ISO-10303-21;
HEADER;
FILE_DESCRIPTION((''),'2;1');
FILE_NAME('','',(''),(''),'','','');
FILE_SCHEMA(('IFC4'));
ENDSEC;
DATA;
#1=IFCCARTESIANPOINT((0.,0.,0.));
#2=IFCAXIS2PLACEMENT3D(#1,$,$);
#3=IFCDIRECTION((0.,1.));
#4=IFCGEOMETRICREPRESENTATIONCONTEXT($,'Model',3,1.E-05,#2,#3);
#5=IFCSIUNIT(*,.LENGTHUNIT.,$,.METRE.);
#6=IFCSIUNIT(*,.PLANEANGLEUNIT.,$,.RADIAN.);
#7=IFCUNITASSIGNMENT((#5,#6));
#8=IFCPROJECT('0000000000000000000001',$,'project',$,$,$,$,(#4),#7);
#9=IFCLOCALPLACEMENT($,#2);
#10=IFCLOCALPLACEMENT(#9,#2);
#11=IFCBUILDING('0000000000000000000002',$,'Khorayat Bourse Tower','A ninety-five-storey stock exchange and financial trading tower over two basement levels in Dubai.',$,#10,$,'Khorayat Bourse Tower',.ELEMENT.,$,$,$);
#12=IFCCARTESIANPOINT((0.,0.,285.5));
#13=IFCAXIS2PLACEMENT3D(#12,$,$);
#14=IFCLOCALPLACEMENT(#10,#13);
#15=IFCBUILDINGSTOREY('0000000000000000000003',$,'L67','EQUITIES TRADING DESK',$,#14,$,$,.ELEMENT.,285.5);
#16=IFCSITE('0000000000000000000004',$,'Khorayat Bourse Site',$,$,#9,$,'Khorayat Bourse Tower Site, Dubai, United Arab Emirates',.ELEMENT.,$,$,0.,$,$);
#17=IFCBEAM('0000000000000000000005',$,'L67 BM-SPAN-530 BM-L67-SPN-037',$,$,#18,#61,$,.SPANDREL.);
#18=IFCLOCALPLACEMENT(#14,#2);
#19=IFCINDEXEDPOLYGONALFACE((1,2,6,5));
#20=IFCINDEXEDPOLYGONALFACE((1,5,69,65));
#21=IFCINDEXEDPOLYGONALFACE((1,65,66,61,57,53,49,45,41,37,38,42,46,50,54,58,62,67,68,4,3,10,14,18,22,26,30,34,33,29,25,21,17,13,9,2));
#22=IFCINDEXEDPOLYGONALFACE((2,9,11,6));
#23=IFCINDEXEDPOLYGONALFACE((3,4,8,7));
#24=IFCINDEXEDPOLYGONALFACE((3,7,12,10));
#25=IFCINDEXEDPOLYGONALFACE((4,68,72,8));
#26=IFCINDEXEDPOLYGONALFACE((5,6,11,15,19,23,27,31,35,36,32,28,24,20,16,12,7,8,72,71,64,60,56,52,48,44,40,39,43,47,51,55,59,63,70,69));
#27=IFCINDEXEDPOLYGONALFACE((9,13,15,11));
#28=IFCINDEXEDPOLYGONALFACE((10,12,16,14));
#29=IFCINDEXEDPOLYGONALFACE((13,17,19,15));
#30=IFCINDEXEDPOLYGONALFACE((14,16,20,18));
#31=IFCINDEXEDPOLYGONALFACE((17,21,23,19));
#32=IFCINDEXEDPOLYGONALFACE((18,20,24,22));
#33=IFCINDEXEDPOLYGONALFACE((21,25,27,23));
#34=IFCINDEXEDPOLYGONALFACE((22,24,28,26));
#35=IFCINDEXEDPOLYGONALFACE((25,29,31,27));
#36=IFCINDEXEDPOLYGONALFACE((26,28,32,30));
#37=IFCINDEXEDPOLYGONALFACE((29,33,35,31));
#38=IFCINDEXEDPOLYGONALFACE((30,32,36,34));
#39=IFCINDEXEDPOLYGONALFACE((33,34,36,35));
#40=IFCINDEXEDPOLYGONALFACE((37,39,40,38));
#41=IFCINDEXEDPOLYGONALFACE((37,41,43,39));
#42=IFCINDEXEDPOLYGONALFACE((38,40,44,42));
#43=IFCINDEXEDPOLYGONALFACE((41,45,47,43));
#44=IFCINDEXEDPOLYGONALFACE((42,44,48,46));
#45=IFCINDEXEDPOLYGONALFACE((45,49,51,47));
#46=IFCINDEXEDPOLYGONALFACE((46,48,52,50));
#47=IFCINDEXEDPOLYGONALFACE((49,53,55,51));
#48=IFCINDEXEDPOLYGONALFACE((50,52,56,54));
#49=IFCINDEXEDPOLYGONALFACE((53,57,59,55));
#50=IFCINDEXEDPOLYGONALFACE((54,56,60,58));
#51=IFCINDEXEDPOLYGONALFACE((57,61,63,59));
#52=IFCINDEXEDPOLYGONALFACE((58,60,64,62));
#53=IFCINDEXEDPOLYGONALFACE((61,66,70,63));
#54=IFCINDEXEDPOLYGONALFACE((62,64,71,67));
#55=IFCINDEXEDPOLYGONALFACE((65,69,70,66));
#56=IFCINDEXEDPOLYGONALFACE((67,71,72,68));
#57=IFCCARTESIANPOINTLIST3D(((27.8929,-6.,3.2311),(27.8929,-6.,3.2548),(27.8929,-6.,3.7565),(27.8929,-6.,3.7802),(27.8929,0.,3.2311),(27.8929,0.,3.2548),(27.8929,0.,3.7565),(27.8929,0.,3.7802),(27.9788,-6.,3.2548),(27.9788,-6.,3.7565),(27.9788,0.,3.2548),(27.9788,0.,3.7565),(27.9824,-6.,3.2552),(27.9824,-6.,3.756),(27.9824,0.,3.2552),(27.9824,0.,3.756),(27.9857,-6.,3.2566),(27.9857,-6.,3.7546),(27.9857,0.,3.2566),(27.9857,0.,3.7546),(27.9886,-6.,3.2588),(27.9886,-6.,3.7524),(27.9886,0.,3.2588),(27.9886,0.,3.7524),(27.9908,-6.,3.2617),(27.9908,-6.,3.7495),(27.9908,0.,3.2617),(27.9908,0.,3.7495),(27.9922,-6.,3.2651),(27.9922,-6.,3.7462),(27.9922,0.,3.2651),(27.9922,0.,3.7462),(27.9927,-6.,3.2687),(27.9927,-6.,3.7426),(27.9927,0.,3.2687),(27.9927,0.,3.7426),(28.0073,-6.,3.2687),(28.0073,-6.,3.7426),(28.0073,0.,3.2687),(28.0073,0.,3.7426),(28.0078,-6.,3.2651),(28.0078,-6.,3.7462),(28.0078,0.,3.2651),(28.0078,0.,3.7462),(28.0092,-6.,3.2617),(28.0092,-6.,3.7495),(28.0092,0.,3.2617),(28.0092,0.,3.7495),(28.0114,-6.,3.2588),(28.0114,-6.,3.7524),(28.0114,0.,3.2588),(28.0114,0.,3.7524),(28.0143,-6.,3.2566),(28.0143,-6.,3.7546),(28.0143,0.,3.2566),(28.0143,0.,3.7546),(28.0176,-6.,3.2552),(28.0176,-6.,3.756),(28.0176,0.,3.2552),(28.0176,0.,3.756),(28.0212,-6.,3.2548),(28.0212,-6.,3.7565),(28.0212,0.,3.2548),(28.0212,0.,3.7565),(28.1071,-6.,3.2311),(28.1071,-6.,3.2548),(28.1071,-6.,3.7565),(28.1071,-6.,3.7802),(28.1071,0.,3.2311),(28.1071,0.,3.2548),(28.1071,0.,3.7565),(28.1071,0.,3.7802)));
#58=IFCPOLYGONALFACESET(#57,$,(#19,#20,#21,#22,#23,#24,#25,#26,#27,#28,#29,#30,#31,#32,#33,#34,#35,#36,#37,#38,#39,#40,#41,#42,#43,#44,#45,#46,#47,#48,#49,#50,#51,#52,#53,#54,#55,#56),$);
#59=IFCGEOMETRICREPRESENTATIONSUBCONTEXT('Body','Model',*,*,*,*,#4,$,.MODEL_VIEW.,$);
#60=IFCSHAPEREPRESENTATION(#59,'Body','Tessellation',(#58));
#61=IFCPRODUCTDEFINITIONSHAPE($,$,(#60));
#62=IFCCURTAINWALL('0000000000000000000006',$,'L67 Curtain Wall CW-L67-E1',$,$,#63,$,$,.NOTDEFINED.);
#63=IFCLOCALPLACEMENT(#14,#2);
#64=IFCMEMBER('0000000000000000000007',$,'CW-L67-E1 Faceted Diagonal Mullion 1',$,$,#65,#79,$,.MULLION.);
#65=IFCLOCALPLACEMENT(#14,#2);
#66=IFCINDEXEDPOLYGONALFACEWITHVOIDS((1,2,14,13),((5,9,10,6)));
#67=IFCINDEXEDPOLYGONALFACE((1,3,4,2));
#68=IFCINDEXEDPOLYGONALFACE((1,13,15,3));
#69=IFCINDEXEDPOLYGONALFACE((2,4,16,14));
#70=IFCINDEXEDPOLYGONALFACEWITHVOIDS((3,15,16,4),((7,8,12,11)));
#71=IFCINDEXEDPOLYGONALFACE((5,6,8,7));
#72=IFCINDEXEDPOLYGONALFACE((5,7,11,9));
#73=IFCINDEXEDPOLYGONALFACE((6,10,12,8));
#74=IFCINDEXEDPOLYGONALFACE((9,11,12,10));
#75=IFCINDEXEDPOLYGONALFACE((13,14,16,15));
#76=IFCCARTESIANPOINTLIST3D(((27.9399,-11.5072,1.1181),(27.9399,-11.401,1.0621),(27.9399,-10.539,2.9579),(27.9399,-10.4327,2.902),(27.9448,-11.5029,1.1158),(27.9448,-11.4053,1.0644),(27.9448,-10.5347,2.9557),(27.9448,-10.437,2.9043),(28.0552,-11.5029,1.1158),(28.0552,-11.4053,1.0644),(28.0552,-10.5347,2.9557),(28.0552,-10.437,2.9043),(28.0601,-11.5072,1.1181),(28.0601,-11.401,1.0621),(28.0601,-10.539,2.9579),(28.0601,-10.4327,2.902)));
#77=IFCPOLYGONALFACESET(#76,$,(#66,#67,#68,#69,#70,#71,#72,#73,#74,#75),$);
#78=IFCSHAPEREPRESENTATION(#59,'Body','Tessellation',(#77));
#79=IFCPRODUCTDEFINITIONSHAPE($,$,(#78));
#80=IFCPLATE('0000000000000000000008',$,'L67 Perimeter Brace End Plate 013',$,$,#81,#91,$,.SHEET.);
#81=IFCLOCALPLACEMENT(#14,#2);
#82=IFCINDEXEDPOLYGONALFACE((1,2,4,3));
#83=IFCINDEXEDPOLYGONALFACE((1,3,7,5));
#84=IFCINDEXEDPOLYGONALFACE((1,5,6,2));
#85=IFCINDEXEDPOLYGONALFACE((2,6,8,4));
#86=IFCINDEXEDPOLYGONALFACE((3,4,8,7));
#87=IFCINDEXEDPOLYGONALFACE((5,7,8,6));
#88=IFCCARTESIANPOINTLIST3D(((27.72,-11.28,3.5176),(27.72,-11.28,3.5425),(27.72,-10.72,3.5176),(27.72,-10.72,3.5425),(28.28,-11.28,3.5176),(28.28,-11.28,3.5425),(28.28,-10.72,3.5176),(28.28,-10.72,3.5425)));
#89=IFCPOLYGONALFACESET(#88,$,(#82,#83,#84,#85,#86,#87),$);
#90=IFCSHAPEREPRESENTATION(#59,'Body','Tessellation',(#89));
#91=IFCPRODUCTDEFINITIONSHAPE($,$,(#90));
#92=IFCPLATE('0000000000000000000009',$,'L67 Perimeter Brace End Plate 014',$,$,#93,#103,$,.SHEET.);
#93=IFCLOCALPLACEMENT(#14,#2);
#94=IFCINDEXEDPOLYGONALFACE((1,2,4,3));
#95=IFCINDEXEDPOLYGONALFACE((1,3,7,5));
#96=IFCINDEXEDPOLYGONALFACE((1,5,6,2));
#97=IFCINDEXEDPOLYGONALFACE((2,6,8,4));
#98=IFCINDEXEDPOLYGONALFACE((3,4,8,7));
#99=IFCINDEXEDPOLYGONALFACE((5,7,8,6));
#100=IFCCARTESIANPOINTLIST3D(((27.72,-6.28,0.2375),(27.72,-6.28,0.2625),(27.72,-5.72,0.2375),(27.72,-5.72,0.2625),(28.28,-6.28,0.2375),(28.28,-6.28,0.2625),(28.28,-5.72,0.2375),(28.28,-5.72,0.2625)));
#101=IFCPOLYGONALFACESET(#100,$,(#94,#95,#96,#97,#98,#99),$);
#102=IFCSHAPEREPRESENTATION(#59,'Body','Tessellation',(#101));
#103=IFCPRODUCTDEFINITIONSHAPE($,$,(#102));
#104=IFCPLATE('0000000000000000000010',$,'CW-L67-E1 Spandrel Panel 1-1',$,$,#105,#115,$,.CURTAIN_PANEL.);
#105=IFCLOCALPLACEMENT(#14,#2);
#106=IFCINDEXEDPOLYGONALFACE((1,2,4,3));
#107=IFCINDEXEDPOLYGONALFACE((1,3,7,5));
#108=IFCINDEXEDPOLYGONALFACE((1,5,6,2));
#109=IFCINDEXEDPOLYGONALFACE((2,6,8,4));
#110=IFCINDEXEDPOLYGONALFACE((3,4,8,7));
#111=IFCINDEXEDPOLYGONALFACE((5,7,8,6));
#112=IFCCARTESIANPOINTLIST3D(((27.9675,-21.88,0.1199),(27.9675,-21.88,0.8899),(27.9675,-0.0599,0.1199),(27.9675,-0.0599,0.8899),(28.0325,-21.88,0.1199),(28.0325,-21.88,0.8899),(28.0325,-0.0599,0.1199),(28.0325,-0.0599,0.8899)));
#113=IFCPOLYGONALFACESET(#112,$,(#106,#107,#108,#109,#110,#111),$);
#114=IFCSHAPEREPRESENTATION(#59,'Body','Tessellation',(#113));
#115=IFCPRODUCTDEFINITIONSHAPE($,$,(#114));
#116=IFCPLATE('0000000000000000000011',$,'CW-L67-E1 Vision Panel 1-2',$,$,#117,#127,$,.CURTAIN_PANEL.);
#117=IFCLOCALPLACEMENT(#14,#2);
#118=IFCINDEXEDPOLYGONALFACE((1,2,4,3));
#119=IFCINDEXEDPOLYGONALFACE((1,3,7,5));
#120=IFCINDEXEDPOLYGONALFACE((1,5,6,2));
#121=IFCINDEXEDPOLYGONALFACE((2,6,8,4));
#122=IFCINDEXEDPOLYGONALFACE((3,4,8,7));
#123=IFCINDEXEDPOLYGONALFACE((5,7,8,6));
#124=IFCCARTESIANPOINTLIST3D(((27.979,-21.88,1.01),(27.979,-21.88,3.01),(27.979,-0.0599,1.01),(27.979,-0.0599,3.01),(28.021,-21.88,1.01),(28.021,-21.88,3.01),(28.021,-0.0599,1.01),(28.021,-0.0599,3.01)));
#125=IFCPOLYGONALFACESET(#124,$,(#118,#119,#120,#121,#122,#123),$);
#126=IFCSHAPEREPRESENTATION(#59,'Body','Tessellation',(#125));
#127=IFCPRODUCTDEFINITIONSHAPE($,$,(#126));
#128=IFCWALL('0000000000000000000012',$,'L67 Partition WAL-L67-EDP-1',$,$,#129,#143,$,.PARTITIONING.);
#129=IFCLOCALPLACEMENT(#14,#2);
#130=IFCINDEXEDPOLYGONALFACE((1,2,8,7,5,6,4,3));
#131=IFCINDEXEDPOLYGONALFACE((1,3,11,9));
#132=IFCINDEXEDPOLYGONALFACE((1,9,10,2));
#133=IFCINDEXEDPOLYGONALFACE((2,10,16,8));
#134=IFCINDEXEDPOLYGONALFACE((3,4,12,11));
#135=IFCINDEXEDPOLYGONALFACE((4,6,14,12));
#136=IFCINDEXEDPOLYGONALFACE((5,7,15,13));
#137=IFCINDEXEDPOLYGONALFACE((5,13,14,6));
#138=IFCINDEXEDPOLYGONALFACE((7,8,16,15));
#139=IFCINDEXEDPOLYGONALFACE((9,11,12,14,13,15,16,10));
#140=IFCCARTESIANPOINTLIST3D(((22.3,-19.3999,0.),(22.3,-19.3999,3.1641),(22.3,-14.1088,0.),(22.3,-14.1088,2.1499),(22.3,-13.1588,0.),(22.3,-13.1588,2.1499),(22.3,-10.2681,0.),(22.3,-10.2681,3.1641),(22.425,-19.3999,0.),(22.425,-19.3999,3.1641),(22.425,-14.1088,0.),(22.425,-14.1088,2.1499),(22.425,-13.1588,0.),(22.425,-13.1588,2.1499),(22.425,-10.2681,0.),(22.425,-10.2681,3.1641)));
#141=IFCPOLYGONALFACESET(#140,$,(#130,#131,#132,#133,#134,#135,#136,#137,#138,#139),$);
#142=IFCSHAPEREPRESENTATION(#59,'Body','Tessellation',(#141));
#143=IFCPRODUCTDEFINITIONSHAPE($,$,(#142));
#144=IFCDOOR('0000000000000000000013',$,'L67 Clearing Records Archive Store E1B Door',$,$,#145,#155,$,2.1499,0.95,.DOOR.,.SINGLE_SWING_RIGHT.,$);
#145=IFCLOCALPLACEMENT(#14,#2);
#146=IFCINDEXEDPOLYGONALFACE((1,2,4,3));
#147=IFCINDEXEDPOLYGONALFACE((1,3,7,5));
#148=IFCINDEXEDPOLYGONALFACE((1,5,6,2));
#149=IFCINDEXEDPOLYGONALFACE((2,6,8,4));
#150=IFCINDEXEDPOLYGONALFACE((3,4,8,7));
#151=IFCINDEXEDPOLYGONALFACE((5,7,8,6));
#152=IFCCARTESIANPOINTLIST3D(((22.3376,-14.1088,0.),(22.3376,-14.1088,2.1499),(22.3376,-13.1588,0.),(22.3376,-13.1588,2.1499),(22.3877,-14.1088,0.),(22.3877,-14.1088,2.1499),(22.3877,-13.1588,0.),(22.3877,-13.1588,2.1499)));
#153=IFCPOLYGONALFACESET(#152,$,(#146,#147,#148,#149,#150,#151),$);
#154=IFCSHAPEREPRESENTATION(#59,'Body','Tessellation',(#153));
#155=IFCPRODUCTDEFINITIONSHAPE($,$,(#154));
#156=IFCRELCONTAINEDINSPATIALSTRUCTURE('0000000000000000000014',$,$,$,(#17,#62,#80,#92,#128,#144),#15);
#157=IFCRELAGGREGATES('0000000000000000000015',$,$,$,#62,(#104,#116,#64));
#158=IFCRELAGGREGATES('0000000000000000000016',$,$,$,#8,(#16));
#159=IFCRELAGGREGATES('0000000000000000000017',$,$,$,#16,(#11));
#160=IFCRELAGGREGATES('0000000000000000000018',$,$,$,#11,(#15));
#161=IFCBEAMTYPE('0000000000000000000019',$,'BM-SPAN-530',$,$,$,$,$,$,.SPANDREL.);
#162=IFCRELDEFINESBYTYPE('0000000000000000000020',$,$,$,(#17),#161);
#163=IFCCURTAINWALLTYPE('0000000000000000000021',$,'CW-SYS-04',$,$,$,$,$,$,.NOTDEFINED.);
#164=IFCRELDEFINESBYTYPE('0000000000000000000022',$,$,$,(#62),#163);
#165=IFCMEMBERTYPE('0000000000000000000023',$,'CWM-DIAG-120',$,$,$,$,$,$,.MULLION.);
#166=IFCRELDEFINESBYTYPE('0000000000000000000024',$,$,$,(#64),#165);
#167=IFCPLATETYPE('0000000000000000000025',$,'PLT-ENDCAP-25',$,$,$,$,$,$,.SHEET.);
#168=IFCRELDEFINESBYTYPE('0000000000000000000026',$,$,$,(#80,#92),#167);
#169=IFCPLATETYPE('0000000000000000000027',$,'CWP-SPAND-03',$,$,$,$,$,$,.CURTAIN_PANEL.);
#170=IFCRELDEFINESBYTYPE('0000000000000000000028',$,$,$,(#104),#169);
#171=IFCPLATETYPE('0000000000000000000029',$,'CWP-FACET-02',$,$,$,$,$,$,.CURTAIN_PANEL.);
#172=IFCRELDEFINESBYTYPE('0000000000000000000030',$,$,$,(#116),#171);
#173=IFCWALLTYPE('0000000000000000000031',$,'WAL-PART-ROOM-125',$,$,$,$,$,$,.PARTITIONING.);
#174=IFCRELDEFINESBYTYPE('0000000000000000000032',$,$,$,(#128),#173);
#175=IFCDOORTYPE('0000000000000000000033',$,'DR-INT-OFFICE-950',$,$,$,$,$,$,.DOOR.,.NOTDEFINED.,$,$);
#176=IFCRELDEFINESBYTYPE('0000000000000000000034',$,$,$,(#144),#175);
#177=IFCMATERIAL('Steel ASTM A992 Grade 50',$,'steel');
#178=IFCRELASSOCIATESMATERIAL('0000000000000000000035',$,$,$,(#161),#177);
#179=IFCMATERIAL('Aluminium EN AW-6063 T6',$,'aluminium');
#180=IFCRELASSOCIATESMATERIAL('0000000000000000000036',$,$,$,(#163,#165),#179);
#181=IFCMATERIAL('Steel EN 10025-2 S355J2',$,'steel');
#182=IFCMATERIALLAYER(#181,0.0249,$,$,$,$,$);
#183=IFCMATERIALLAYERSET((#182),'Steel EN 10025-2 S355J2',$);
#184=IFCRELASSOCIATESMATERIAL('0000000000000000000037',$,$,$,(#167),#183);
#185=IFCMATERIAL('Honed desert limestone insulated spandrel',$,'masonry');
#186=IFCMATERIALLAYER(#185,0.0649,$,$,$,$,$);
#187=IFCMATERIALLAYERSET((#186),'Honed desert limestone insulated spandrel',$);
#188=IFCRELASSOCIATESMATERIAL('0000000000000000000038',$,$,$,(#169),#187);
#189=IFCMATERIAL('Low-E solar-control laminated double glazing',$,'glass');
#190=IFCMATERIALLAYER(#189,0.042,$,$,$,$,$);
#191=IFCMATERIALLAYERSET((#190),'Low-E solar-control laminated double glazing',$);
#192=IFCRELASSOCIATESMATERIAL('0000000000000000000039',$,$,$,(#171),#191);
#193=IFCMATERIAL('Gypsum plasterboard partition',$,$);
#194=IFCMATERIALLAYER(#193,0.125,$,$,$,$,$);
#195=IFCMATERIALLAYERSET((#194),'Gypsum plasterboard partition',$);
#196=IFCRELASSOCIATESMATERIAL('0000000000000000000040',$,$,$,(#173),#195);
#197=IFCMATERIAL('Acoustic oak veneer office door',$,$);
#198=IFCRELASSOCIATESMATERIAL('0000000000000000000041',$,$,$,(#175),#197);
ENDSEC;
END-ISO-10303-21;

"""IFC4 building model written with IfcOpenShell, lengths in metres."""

from ifc_helpers import new_model, si_unit, direction, frame, frame_2d, origin, origin_2d, place, context, subcontext, project, spatial, rectangle, hollow_rectangle, i_section, extrude, source, transform, mapped, material, layer, layer_set, material_profile, profile_set, type_object, element, fill, aggregate, save


model = new_model("IFC4")

# Units and contexts
model_context = context("Model", 3, precision=1e-05, world=origin(), true_north=direction((0.0, 1.0)))
body_context = subcontext(model_context, "Body", "Model", "MODEL_VIEW")
ifc_project = project(units=[si_unit("LENGTHUNIT", "METRE"), si_unit("PLANEANGLEUNIT", "RADIAN")], contexts=[model_context])

# Site, building, storey
site_placement = place(None, origin())
site = spatial("IfcSite", under=ifc_project, at=site_placement, Name="Khorayat Bourse Site", LongName="Khorayat Bourse Tower Site, Dubai, United Arab Emirates", CompositionType="ELEMENT", RefElevation=0.0)
building_placement = place(site_placement, origin())
building = spatial("IfcBuilding", under=site, at=building_placement, Name="Khorayat Bourse Tower", Description="A ninety-five-storey stock exchange and financial trading tower over two basement levels in Dubai.", LongName="Khorayat Bourse Tower", CompositionType="ELEMENT")
storey_placement = place(building_placement, frame((0.0, 0.0, 285.5)))
storey = spatial("IfcBuildingStorey", under=building, at=storey_placement, Name="L67", Description="EQUITIES TRADING DESK", CompositionType="ELEMENT", Elevation=285.5)

# Beam
ifc_material_1 = material(Name="Steel ASTM A992 Grade 50", Category="steel")
ifc_material_profile_1 = material_profile(ifc_material_1, i_section(OverallWidth=0.2141, OverallDepth=0.5491, WebThickness=0.0146, FlangeThickness=0.0237, FilletRadius=0.0139, at=origin_2d()), Name="W530X138")
ifc_profile_set_1 = profile_set([ifc_material_profile_1], Name="Steel ASTM A992 Grade 50")
beam_type = type_object("IfcBeamType", Name="BM-SPAN-530", PredefinedType="SPANDREL", material=ifc_profile_set_1)
shared_shape_1 = source(origin(), body_context, "Body", "SweptSolid", [
    extrude(i_section(OverallWidth=0.2141, OverallDepth=0.5491, WebThickness=0.0146, FlangeThickness=0.0237, FilletRadius=0.0139, at=origin_2d()), origin(), (0.0, 0.0, 1.0), 6.0),
])
beam_1_placement = place(storey_placement, frame((28.0, -6.0, 3.5056), z_axis=(0.0, 1.0, 0.0), x_axis=(-1.0, 0.0, 0.0)))
element("IfcBeam", 1, at=beam_1_placement, inside=storey, type_object=beam_type, Name="L67 BM-SPAN-530 BM-L67-SPN-037", PredefinedType="SPANDREL", context=body_context, shape_type="MappedRepresentation", body=[
    mapped(shared_shape_1, transform((0.0, 0.0, 0.0), scale=1.0)),
])

# Curtain wall, member
ifc_material_2 = material(Name="Aluminium EN AW-6063 T6", Category="aluminium")
curtain_wall_type = type_object("IfcCurtainWallType", Name="CW-SYS-04", PredefinedType="NOTDEFINED", material=ifc_material_2)
curtain_wall_placement = place(storey_placement, origin())
curtain_wall = element("IfcCurtainWall", 2, at=curtain_wall_placement, inside=storey, type_object=curtain_wall_type, Name="L67 Curtain Wall CW-L67-E1", PredefinedType="NOTDEFINED")
ifc_material_profile_2 = material_profile(ifc_material_2, hollow_rectangle(XDim=0.1201, YDim=0.1201, WallThickness=0.0049, at=origin_2d()), Name="ALU 120x120x5")
ifc_profile_set_2 = profile_set([ifc_material_profile_2], Name="Aluminium EN AW-6063 T6")
member_type_1 = type_object("IfcMemberType", Name="CWM-DIAG-120", PredefinedType="MULLION", material=ifc_profile_set_2)
shared_shape_2 = source(origin(), body_context, "Body", "SweptSolid", [
    extrude(hollow_rectangle(XDim=0.1201, YDim=0.1201, WallThickness=0.0049, at=origin_2d()), origin(), (0.0, 0.0, 1.0), 2.0791),
])
member_1_placement = place(storey_placement, frame((28.0, -11.4541, 1.0901), z_axis=(0.0, 0.465717, 0.884934), x_axis=(-1.0, 0.0, 0.0)))
member_1 = element("IfcMember", 3, at=member_1_placement, type_object=member_type_1, Name="CW-L67-E1 Faceted Diagonal Mullion 1", PredefinedType="MULLION", context=body_context, shape_type="MappedRepresentation", body=[
    mapped(shared_shape_2, transform((0.0, 0.0, 0.0), scale=1.0)),
])

# Plates
ifc_material_3 = material(Name="Steel EN 10025-2 S355J2", Category="steel")
ifc_layer_1 = layer(ifc_material_3, 0.0249)
ifc_layer_set_1 = layer_set([ifc_layer_1], Name="Steel EN 10025-2 S355J2")
plate_type_1 = type_object("IfcPlateType", Name="PLT-ENDCAP-25", PredefinedType="SHEET", material=ifc_layer_set_1)
shared_shape_3 = source(origin(), body_context, "Body", "SweptSolid", [
    extrude(rectangle(XDim=0.5601, YDim=0.5601, at=origin_2d()), origin(), (0.0, 0.0, 1.0), 0.0249),
])
for number, where, z_axis, x_axis, name in (
    (4, (28.0, -11.0, 3.5176), (0.0, 0.0, 1.0), (1.0, 0.0, 0.0), "L67 Perimeter Brace End Plate 013"),
    (5, (28.0, -6.0, 0.2375), (0.0, 0.0, 1.0), (1.0, 0.0, 0.0), "L67 Perimeter Brace End Plate 014"),
):
    element("IfcPlate", number, at=place(storey_placement, frame(where, z_axis=z_axis, x_axis=x_axis)), inside=storey, type_object=plate_type_1, Name=name, PredefinedType="SHEET", context=body_context, shape_type="MappedRepresentation", body=[
        mapped(shared_shape_3, transform((0.0, 0.0, 0.0), scale=1.0)),
    ])

# Plates
ifc_material_4 = material(Name="Honed desert limestone insulated spandrel", Category="masonry")
ifc_layer_2 = layer(ifc_material_4, 0.0649)
ifc_layer_set_2 = layer_set([ifc_layer_2], Name="Honed desert limestone insulated spandrel")
plate_type_2 = type_object("IfcPlateType", Name="CWP-SPAND-03", PredefinedType="CURTAIN_PANEL", material=ifc_layer_set_2)
shared_shape_4 = source(origin(), body_context, "Body", "SweptSolid", [
    extrude(rectangle(XDim=21.8201, YDim=0.0649, at=origin_2d()), origin(), (0.0, 0.0, 1.0), 0.77),
])
plate_1_placement = place(storey_placement, frame((28.0, -10.97, 0.1199), z_axis=(0.0, 0.0, 1.0), x_axis=(0.0, 1.0, 0.0)))
plate_1 = element("IfcPlate", 6, at=plate_1_placement, type_object=plate_type_2, Name="CW-L67-E1 Spandrel Panel 1-1", PredefinedType="CURTAIN_PANEL", context=body_context, shape_type="MappedRepresentation", body=[
    mapped(shared_shape_4, transform((0.0, 0.0, 0.0), scale=1.0)),
])
ifc_material_5 = material(Name="Low-E solar-control laminated double glazing", Category="glass")
ifc_layer_3 = layer(ifc_material_5, 0.042)
ifc_layer_set_3 = layer_set([ifc_layer_3], Name="Low-E solar-control laminated double glazing")
plate_type_3 = type_object("IfcPlateType", Name="CWP-FACET-02", PredefinedType="CURTAIN_PANEL", material=ifc_layer_set_3)
shared_shape_5 = source(origin(), body_context, "Body", "SweptSolid", [
    extrude(rectangle(XDim=21.8201, YDim=0.042, at=origin_2d()), origin(), (0.0, 0.0, 1.0), 2.0),
])
plate_2_placement = place(storey_placement, frame((28.0, -10.97, 1.01), z_axis=(0.0, 0.0, 1.0), x_axis=(0.0, 1.0, 0.0)))
plate_2 = element("IfcPlate", 7, at=plate_2_placement, type_object=plate_type_3, Name="CW-L67-E1 Vision Panel 1-2", PredefinedType="CURTAIN_PANEL", context=body_context, shape_type="MappedRepresentation", body=[
    mapped(shared_shape_5, transform((0.0, 0.0, 0.0), scale=1.0)),
])
aggregate(curtain_wall, [plate_1, plate_2, member_1])

# Wall, opening, door
ifc_material_6 = material(Name="Gypsum plasterboard partition")
ifc_layer_4 = layer(ifc_material_6, 0.125)
ifc_layer_set_4 = layer_set([ifc_layer_4], Name="Gypsum plasterboard partition")
wall_type = type_object("IfcWallType", Name="WAL-PART-ROOM-125", PredefinedType="PARTITIONING", material=ifc_layer_set_4)
shared_shape_6 = source(origin(), body_context, "Body", "SweptSolid", [
    extrude(rectangle(XDim=9.1318, YDim=0.125, at=frame_2d((4.5659, 0.0))), origin(), (0.0, 0.0, 1.0), 3.1641),
])
wall_1_placement = place(storey_placement, frame((22.3625, -19.3999, 0.0), z_axis=(0.0, 0.0, 1.0), x_axis=(0.0, 1.0, 0.0)))
wall_1 = element("IfcWall", 8, at=wall_1_placement, inside=storey, type_object=wall_type, Name="L67 Partition WAL-L67-EDP-1", PredefinedType="PARTITIONING", context=body_context, shape_type="MappedRepresentation", body=[
    mapped(shared_shape_6, transform((0.0, 0.0, 0.0), scale=1.0)),
])
shared_shape_7 = source(origin(), body_context, "Body", "SweptSolid", [
    extrude(rectangle(XDim=0.95, YDim=2.1499, at=frame_2d((0.4751, 1.075))), frame((0.0, 0.0725, 0.0), z_axis=(0.0, -1.0, 0.0), x_axis=(1.0, 0.0, 0.0)), (0.0, 0.0, 1.0), 0.145),
])
opening_1_placement = place(wall_1_placement, frame((5.291, 0.0, 0.0)))
opening_1 = element("IfcOpeningElement", 9, at=opening_1_placement, cuts=wall_1, PredefinedType="OPENING", context=body_context, shape_type="MappedRepresentation", body=[
    mapped(shared_shape_7, transform((0.0, 0.0, 0.0), scale=1.0)),
])
ifc_material_7 = material(Name="Acoustic oak veneer office door")
door_type = type_object("IfcDoorType", Name="DR-INT-OFFICE-950", OperationType="NOTDEFINED", PredefinedType="DOOR", material=ifc_material_7)
shared_shape_8 = source(origin(), body_context, "Body", "SweptSolid", [
    extrude(rectangle(XDim=0.95, YDim=2.1499, at=frame_2d((0.4751, 1.075))), frame((0.0, 0.0249, 0.0), z_axis=(0.0, -1.0, 0.0), x_axis=(1.0, 0.0, 0.0)), (0.0, 0.0, 1.0), 0.05),
])
door_1_placement = place(opening_1_placement, origin())
door_1 = element("IfcDoor", 10, at=door_1_placement, inside=storey, type_object=door_type, Name="L67 Clearing Records Archive Store E1B Door", OperationType="SINGLE_SWING_RIGHT", OverallHeight=2.1499, OverallWidth=0.95, PredefinedType="DOOR", context=body_context, shape_type="MappedRepresentation", body=[
    mapped(shared_shape_8, transform((0.0, 0.0, 0.0), scale=1.0)),
])
fill(opening_1, door_1)

save(model, "model.ifc")
